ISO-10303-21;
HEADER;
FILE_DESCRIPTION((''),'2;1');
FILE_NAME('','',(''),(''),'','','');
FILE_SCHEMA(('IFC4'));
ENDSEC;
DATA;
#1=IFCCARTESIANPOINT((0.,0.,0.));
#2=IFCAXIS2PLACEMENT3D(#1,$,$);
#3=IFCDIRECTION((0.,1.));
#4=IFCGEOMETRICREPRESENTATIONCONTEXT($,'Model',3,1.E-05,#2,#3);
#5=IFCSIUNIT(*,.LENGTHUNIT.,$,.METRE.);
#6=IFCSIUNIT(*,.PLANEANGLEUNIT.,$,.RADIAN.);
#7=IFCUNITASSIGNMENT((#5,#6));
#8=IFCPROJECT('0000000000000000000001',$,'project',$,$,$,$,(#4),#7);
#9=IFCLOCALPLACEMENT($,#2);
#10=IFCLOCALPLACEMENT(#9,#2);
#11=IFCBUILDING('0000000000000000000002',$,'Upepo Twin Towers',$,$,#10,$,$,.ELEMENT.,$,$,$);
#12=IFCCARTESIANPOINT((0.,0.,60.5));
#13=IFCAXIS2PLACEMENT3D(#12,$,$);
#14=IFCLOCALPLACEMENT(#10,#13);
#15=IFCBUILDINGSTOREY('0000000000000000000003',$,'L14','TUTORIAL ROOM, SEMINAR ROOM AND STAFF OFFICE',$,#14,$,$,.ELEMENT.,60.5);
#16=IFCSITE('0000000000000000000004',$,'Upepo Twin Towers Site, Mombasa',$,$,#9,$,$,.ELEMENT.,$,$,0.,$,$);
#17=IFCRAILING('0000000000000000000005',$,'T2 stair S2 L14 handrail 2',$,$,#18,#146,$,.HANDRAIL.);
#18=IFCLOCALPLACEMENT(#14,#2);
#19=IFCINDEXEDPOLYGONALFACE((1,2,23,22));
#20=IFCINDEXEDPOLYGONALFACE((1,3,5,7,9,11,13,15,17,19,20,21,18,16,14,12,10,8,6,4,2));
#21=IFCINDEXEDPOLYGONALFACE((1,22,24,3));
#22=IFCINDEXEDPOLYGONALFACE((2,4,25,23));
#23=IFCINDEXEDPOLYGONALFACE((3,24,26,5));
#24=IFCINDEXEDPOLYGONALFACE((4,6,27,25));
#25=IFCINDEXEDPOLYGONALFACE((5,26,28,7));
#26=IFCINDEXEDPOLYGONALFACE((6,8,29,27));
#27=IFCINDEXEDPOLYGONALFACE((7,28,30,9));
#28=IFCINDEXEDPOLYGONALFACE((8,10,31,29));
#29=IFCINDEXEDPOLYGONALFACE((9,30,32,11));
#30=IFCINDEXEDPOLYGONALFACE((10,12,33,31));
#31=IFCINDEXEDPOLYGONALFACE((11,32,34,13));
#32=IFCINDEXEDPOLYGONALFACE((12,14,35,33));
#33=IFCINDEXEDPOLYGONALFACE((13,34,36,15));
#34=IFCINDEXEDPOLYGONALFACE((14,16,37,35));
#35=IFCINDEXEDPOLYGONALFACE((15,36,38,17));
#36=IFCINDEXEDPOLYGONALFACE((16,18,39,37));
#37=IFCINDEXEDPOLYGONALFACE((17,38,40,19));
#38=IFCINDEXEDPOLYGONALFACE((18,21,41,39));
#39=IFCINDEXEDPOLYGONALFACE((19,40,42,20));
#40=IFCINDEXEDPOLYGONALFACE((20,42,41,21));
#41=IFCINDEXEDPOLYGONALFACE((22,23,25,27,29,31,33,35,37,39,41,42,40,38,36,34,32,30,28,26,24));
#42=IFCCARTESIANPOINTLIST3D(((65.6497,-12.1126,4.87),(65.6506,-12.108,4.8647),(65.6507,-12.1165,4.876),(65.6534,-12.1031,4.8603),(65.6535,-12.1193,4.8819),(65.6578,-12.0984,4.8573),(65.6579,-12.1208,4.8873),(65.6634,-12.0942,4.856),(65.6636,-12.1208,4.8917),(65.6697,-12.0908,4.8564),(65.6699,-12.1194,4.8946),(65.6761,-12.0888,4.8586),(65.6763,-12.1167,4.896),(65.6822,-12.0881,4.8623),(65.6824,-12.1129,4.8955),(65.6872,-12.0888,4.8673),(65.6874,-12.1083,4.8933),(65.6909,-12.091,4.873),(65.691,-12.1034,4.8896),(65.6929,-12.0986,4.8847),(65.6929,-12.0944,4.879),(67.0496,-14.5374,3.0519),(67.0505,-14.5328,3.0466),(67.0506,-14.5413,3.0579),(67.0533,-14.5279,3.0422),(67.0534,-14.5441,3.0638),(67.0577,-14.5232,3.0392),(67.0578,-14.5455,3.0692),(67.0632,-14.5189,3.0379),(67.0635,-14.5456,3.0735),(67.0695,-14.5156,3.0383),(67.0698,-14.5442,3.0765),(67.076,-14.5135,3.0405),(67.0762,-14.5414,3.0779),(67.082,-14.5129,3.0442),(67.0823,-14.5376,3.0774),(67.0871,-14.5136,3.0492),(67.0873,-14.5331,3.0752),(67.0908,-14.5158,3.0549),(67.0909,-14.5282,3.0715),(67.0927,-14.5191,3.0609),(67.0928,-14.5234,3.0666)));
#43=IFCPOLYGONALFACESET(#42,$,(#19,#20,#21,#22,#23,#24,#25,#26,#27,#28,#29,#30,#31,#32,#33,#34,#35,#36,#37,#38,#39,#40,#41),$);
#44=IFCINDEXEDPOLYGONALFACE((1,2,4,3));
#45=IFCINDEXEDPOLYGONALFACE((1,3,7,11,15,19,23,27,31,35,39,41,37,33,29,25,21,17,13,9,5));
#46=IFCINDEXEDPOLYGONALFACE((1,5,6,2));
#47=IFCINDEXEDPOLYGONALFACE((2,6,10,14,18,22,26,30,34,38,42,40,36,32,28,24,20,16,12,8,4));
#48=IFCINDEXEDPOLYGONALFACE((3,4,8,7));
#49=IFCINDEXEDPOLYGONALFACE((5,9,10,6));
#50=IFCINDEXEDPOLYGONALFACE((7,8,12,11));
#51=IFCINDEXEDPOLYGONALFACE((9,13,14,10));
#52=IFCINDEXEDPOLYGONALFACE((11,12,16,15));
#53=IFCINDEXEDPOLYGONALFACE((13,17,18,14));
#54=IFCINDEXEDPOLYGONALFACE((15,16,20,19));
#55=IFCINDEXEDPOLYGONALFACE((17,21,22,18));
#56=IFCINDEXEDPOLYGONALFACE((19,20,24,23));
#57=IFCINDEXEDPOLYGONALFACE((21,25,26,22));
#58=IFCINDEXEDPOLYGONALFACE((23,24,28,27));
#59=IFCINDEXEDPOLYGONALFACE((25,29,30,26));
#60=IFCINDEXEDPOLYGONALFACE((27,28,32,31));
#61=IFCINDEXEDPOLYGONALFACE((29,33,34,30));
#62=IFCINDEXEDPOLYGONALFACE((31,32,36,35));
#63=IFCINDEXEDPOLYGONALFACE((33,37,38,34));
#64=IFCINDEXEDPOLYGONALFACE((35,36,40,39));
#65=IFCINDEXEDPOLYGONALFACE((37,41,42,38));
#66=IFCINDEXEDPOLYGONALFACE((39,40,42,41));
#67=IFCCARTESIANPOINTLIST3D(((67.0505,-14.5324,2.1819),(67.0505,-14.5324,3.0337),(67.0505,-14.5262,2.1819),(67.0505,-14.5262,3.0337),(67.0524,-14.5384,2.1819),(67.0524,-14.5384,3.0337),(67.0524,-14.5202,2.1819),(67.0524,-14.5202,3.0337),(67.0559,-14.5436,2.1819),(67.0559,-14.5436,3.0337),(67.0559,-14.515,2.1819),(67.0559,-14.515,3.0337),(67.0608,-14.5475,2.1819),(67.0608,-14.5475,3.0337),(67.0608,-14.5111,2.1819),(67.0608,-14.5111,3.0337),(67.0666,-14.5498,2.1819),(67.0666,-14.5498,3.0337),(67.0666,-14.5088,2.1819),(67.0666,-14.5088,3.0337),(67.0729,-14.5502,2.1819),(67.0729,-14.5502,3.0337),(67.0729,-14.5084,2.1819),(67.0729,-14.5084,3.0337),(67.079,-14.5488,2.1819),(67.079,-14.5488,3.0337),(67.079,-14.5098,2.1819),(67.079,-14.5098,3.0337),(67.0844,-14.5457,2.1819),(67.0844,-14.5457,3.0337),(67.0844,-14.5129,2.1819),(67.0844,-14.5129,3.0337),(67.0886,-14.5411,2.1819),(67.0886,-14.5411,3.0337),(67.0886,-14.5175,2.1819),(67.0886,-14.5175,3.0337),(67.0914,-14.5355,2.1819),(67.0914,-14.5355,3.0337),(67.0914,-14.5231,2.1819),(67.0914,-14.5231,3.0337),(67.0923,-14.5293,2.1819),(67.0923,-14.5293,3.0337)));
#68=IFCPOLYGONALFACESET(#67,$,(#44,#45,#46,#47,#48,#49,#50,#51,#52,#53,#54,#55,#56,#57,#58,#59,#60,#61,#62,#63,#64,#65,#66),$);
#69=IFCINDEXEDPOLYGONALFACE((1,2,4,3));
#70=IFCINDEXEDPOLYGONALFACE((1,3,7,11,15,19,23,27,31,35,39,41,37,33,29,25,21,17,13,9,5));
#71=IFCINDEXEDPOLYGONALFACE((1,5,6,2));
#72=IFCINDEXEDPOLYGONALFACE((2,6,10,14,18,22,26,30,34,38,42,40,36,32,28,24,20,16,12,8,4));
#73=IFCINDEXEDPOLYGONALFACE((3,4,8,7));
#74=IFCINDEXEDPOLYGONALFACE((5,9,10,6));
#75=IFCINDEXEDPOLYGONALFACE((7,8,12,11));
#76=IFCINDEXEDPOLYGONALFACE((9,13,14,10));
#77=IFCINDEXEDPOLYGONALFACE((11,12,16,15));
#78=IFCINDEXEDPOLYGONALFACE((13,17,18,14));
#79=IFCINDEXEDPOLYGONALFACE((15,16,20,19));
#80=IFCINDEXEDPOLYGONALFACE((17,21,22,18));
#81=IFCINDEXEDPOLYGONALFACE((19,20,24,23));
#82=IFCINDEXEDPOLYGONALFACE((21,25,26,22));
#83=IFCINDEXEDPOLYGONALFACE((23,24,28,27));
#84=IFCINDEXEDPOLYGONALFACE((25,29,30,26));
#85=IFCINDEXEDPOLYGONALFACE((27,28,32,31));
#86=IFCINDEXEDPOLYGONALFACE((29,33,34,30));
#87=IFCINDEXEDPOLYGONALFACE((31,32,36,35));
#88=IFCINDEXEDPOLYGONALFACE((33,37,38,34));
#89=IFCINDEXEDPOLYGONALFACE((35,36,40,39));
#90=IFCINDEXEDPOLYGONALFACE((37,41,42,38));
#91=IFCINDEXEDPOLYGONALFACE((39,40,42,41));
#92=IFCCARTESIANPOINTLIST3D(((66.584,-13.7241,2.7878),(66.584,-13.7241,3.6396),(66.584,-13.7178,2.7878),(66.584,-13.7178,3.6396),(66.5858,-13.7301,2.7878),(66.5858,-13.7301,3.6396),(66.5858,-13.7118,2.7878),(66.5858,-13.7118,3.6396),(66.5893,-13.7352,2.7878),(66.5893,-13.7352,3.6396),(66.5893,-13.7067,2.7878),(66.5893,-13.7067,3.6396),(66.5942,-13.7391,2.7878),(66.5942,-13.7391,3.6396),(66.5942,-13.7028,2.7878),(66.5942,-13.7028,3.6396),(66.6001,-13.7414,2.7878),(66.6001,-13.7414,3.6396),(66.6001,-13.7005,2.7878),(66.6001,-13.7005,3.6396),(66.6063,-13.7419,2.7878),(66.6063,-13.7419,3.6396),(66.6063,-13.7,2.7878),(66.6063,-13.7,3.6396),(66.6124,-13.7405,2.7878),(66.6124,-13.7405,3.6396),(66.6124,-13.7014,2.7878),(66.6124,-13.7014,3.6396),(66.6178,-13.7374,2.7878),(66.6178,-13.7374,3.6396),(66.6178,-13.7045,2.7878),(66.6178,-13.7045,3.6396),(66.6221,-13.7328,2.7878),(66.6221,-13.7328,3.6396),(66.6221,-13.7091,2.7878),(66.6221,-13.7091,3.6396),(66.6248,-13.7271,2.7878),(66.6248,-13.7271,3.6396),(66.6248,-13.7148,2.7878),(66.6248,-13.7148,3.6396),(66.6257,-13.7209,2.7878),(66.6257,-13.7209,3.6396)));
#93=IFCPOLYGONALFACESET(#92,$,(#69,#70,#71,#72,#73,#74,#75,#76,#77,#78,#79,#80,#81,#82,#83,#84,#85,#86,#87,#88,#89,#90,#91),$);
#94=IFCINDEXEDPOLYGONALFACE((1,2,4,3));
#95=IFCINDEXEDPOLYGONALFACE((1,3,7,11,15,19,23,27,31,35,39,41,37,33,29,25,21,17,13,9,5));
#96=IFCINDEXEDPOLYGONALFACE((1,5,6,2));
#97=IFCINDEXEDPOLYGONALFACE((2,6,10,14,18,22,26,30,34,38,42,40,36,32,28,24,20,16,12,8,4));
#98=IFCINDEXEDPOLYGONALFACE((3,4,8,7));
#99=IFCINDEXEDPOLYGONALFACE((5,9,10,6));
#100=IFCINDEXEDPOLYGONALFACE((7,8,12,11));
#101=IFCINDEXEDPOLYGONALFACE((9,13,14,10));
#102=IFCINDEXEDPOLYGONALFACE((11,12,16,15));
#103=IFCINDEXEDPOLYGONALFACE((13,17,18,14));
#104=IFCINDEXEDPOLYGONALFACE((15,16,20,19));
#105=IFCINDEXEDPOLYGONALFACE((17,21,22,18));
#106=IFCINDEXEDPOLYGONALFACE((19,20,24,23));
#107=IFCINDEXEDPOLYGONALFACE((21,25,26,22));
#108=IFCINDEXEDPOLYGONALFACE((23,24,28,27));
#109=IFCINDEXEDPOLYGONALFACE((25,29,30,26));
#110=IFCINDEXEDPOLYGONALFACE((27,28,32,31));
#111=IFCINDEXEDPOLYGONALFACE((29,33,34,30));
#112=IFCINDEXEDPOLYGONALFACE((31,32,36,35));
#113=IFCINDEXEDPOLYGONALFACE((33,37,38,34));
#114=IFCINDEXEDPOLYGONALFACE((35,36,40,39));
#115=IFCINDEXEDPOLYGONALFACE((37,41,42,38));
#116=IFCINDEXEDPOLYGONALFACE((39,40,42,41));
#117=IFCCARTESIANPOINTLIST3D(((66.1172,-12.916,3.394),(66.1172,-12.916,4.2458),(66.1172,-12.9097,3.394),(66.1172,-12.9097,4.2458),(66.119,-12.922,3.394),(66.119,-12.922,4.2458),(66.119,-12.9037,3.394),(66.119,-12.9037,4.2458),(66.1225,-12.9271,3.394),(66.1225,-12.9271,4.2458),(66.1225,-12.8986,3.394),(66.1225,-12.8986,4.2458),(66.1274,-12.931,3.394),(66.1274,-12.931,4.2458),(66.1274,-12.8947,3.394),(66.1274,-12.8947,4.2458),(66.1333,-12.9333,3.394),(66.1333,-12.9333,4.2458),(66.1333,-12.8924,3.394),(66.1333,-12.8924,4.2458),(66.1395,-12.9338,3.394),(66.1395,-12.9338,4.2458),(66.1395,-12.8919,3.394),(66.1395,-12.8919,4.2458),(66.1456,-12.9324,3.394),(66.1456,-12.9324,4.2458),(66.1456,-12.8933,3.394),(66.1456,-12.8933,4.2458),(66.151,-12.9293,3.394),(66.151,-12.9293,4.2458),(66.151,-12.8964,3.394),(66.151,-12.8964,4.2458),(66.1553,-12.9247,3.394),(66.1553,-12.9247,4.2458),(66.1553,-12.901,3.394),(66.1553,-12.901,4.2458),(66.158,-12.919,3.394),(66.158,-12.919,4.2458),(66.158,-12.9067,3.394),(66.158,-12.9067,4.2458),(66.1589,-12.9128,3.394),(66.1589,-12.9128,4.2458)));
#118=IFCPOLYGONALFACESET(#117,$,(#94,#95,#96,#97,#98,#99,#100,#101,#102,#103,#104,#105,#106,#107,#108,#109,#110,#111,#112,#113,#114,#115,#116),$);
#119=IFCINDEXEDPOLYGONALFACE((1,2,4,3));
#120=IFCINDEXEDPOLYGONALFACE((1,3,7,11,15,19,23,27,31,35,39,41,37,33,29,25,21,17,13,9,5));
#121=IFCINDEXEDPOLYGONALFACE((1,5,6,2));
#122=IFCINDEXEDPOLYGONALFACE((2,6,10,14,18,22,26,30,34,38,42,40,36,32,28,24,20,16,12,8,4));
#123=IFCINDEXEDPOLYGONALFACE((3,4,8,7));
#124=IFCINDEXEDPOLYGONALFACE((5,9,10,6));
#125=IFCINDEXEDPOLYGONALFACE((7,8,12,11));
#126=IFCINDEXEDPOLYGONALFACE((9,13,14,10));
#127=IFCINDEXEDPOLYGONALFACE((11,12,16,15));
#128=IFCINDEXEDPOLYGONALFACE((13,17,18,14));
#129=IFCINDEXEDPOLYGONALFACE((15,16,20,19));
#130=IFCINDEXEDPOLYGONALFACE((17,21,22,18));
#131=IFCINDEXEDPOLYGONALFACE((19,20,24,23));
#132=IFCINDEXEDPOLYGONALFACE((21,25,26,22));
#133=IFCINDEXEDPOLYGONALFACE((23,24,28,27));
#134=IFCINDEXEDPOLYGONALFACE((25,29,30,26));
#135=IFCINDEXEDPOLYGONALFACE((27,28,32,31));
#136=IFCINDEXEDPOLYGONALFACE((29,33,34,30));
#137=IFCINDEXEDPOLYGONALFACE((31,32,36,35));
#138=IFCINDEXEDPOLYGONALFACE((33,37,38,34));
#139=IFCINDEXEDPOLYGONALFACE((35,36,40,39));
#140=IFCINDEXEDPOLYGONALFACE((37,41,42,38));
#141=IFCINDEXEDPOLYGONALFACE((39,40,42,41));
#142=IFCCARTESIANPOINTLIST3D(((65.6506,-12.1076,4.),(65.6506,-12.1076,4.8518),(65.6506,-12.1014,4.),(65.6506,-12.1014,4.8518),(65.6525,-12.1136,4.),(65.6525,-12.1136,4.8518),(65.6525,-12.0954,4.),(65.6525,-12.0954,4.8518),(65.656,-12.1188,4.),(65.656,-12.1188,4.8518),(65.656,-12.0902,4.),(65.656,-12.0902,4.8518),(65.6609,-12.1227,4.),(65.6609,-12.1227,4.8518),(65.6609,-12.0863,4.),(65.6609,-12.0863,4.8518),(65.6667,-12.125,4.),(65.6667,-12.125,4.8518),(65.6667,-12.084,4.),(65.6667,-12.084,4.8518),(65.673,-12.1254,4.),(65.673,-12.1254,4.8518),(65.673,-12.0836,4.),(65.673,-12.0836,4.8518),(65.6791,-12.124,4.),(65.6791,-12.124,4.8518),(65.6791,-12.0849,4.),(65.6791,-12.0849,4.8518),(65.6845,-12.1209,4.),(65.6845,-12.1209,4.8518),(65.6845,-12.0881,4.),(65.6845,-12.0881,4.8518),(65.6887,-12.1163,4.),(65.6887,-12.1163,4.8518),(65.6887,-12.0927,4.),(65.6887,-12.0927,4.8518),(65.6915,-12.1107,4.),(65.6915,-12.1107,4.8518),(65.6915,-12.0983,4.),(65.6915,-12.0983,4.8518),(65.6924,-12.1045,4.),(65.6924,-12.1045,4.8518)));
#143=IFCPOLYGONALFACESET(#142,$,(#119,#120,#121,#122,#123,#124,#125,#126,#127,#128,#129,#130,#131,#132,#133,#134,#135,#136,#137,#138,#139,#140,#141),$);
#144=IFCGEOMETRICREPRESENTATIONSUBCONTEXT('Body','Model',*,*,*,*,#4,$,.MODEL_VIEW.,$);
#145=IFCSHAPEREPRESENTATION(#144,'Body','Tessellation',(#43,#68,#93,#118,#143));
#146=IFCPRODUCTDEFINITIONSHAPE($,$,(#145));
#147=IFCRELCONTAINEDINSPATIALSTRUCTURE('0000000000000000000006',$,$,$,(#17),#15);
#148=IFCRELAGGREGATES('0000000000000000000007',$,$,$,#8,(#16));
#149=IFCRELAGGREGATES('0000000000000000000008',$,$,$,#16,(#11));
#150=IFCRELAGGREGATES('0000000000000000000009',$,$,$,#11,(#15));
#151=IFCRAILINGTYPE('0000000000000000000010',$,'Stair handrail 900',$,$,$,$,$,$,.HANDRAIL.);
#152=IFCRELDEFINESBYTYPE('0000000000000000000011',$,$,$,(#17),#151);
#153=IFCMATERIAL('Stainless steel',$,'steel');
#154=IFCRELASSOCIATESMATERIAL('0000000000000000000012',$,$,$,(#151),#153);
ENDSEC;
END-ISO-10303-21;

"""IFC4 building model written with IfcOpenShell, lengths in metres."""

from ifc_helpers import new_model, si_unit, direction, frame, origin, origin_2d, place, context, subcontext, project, spatial, circle, extrude, material, type_object, element, save


model = new_model("IFC4")

# Units and contexts
model_context = context("Model", 3, precision=1e-05, world=origin(), true_north=direction((0.0, 1.0)))
body_context = subcontext(model_context, "Body", "Model", "MODEL_VIEW")
ifc_project = project(units=[si_unit("LENGTHUNIT", "METRE"), si_unit("PLANEANGLEUNIT", "RADIAN")], contexts=[model_context])

# Site, building, storey
site_placement = place(None, origin())
site = spatial("IfcSite", under=ifc_project, at=site_placement, Name="Upepo Twin Towers Site, Mombasa", CompositionType="ELEMENT", RefElevation=0.0)
building_placement = place(site_placement, origin())
building = spatial("IfcBuilding", under=site, at=building_placement, Name="Upepo Twin Towers", CompositionType="ELEMENT")
storey_placement = place(building_placement, frame((0.0, 0.0, 60.5)))
storey = spatial("IfcBuildingStorey", under=building, at=storey_placement, Name="L14", Description="TUTORIAL ROOM, SEMINAR ROOM AND STAFF OFFICE", CompositionType="ELEMENT", Elevation=60.5)

# Railing
ifc_material_1 = material(Name="Stainless steel", Category="steel")
railing_type = type_object("IfcRailingType", Name="Stair handrail 900", PredefinedType="HANDRAIL", material=ifc_material_1)
railing_1_placement = place(storey_placement, frame((67.0713, -14.5293, 2.1819)))
element("IfcRailing", 1, at=railing_1_placement, inside=storey, type_object=railing_type, Name="T2 stair S2 L14 handrail 2", PredefinedType="HANDRAIL", context=body_context, shape_type="SweptSolid", body=[
    extrude(circle(Radius=0.0239, at=origin_2d()), frame((0.0, 0.0, 0.876), z_axis=(-0.419333, 0.726336, 0.544606), x_axis=(-0.866035, -0.499984, 0.0)), (0.0, 0.0, 1.0), 3.3384),
    extrude(circle(Radius=0.021, at=origin_2d()), origin(), (0.0, 0.0, 1.0), 0.8518),
    extrude(circle(Radius=0.021, at=origin_2d()), frame((-0.4666, 0.8083, 0.606)), (0.0, 0.0, 1.0), 0.8518),
    extrude(circle(Radius=0.021, at=origin_2d()), frame((-0.9333, 1.6165, 1.2122)), (0.0, 0.0, 1.0), 0.8518),
    extrude(circle(Radius=0.021, at=origin_2d()), frame((-1.3999, 2.4248, 1.8181)), (0.0, 0.0, 1.0), 0.8518),
])

save(model, "model.ifc")
